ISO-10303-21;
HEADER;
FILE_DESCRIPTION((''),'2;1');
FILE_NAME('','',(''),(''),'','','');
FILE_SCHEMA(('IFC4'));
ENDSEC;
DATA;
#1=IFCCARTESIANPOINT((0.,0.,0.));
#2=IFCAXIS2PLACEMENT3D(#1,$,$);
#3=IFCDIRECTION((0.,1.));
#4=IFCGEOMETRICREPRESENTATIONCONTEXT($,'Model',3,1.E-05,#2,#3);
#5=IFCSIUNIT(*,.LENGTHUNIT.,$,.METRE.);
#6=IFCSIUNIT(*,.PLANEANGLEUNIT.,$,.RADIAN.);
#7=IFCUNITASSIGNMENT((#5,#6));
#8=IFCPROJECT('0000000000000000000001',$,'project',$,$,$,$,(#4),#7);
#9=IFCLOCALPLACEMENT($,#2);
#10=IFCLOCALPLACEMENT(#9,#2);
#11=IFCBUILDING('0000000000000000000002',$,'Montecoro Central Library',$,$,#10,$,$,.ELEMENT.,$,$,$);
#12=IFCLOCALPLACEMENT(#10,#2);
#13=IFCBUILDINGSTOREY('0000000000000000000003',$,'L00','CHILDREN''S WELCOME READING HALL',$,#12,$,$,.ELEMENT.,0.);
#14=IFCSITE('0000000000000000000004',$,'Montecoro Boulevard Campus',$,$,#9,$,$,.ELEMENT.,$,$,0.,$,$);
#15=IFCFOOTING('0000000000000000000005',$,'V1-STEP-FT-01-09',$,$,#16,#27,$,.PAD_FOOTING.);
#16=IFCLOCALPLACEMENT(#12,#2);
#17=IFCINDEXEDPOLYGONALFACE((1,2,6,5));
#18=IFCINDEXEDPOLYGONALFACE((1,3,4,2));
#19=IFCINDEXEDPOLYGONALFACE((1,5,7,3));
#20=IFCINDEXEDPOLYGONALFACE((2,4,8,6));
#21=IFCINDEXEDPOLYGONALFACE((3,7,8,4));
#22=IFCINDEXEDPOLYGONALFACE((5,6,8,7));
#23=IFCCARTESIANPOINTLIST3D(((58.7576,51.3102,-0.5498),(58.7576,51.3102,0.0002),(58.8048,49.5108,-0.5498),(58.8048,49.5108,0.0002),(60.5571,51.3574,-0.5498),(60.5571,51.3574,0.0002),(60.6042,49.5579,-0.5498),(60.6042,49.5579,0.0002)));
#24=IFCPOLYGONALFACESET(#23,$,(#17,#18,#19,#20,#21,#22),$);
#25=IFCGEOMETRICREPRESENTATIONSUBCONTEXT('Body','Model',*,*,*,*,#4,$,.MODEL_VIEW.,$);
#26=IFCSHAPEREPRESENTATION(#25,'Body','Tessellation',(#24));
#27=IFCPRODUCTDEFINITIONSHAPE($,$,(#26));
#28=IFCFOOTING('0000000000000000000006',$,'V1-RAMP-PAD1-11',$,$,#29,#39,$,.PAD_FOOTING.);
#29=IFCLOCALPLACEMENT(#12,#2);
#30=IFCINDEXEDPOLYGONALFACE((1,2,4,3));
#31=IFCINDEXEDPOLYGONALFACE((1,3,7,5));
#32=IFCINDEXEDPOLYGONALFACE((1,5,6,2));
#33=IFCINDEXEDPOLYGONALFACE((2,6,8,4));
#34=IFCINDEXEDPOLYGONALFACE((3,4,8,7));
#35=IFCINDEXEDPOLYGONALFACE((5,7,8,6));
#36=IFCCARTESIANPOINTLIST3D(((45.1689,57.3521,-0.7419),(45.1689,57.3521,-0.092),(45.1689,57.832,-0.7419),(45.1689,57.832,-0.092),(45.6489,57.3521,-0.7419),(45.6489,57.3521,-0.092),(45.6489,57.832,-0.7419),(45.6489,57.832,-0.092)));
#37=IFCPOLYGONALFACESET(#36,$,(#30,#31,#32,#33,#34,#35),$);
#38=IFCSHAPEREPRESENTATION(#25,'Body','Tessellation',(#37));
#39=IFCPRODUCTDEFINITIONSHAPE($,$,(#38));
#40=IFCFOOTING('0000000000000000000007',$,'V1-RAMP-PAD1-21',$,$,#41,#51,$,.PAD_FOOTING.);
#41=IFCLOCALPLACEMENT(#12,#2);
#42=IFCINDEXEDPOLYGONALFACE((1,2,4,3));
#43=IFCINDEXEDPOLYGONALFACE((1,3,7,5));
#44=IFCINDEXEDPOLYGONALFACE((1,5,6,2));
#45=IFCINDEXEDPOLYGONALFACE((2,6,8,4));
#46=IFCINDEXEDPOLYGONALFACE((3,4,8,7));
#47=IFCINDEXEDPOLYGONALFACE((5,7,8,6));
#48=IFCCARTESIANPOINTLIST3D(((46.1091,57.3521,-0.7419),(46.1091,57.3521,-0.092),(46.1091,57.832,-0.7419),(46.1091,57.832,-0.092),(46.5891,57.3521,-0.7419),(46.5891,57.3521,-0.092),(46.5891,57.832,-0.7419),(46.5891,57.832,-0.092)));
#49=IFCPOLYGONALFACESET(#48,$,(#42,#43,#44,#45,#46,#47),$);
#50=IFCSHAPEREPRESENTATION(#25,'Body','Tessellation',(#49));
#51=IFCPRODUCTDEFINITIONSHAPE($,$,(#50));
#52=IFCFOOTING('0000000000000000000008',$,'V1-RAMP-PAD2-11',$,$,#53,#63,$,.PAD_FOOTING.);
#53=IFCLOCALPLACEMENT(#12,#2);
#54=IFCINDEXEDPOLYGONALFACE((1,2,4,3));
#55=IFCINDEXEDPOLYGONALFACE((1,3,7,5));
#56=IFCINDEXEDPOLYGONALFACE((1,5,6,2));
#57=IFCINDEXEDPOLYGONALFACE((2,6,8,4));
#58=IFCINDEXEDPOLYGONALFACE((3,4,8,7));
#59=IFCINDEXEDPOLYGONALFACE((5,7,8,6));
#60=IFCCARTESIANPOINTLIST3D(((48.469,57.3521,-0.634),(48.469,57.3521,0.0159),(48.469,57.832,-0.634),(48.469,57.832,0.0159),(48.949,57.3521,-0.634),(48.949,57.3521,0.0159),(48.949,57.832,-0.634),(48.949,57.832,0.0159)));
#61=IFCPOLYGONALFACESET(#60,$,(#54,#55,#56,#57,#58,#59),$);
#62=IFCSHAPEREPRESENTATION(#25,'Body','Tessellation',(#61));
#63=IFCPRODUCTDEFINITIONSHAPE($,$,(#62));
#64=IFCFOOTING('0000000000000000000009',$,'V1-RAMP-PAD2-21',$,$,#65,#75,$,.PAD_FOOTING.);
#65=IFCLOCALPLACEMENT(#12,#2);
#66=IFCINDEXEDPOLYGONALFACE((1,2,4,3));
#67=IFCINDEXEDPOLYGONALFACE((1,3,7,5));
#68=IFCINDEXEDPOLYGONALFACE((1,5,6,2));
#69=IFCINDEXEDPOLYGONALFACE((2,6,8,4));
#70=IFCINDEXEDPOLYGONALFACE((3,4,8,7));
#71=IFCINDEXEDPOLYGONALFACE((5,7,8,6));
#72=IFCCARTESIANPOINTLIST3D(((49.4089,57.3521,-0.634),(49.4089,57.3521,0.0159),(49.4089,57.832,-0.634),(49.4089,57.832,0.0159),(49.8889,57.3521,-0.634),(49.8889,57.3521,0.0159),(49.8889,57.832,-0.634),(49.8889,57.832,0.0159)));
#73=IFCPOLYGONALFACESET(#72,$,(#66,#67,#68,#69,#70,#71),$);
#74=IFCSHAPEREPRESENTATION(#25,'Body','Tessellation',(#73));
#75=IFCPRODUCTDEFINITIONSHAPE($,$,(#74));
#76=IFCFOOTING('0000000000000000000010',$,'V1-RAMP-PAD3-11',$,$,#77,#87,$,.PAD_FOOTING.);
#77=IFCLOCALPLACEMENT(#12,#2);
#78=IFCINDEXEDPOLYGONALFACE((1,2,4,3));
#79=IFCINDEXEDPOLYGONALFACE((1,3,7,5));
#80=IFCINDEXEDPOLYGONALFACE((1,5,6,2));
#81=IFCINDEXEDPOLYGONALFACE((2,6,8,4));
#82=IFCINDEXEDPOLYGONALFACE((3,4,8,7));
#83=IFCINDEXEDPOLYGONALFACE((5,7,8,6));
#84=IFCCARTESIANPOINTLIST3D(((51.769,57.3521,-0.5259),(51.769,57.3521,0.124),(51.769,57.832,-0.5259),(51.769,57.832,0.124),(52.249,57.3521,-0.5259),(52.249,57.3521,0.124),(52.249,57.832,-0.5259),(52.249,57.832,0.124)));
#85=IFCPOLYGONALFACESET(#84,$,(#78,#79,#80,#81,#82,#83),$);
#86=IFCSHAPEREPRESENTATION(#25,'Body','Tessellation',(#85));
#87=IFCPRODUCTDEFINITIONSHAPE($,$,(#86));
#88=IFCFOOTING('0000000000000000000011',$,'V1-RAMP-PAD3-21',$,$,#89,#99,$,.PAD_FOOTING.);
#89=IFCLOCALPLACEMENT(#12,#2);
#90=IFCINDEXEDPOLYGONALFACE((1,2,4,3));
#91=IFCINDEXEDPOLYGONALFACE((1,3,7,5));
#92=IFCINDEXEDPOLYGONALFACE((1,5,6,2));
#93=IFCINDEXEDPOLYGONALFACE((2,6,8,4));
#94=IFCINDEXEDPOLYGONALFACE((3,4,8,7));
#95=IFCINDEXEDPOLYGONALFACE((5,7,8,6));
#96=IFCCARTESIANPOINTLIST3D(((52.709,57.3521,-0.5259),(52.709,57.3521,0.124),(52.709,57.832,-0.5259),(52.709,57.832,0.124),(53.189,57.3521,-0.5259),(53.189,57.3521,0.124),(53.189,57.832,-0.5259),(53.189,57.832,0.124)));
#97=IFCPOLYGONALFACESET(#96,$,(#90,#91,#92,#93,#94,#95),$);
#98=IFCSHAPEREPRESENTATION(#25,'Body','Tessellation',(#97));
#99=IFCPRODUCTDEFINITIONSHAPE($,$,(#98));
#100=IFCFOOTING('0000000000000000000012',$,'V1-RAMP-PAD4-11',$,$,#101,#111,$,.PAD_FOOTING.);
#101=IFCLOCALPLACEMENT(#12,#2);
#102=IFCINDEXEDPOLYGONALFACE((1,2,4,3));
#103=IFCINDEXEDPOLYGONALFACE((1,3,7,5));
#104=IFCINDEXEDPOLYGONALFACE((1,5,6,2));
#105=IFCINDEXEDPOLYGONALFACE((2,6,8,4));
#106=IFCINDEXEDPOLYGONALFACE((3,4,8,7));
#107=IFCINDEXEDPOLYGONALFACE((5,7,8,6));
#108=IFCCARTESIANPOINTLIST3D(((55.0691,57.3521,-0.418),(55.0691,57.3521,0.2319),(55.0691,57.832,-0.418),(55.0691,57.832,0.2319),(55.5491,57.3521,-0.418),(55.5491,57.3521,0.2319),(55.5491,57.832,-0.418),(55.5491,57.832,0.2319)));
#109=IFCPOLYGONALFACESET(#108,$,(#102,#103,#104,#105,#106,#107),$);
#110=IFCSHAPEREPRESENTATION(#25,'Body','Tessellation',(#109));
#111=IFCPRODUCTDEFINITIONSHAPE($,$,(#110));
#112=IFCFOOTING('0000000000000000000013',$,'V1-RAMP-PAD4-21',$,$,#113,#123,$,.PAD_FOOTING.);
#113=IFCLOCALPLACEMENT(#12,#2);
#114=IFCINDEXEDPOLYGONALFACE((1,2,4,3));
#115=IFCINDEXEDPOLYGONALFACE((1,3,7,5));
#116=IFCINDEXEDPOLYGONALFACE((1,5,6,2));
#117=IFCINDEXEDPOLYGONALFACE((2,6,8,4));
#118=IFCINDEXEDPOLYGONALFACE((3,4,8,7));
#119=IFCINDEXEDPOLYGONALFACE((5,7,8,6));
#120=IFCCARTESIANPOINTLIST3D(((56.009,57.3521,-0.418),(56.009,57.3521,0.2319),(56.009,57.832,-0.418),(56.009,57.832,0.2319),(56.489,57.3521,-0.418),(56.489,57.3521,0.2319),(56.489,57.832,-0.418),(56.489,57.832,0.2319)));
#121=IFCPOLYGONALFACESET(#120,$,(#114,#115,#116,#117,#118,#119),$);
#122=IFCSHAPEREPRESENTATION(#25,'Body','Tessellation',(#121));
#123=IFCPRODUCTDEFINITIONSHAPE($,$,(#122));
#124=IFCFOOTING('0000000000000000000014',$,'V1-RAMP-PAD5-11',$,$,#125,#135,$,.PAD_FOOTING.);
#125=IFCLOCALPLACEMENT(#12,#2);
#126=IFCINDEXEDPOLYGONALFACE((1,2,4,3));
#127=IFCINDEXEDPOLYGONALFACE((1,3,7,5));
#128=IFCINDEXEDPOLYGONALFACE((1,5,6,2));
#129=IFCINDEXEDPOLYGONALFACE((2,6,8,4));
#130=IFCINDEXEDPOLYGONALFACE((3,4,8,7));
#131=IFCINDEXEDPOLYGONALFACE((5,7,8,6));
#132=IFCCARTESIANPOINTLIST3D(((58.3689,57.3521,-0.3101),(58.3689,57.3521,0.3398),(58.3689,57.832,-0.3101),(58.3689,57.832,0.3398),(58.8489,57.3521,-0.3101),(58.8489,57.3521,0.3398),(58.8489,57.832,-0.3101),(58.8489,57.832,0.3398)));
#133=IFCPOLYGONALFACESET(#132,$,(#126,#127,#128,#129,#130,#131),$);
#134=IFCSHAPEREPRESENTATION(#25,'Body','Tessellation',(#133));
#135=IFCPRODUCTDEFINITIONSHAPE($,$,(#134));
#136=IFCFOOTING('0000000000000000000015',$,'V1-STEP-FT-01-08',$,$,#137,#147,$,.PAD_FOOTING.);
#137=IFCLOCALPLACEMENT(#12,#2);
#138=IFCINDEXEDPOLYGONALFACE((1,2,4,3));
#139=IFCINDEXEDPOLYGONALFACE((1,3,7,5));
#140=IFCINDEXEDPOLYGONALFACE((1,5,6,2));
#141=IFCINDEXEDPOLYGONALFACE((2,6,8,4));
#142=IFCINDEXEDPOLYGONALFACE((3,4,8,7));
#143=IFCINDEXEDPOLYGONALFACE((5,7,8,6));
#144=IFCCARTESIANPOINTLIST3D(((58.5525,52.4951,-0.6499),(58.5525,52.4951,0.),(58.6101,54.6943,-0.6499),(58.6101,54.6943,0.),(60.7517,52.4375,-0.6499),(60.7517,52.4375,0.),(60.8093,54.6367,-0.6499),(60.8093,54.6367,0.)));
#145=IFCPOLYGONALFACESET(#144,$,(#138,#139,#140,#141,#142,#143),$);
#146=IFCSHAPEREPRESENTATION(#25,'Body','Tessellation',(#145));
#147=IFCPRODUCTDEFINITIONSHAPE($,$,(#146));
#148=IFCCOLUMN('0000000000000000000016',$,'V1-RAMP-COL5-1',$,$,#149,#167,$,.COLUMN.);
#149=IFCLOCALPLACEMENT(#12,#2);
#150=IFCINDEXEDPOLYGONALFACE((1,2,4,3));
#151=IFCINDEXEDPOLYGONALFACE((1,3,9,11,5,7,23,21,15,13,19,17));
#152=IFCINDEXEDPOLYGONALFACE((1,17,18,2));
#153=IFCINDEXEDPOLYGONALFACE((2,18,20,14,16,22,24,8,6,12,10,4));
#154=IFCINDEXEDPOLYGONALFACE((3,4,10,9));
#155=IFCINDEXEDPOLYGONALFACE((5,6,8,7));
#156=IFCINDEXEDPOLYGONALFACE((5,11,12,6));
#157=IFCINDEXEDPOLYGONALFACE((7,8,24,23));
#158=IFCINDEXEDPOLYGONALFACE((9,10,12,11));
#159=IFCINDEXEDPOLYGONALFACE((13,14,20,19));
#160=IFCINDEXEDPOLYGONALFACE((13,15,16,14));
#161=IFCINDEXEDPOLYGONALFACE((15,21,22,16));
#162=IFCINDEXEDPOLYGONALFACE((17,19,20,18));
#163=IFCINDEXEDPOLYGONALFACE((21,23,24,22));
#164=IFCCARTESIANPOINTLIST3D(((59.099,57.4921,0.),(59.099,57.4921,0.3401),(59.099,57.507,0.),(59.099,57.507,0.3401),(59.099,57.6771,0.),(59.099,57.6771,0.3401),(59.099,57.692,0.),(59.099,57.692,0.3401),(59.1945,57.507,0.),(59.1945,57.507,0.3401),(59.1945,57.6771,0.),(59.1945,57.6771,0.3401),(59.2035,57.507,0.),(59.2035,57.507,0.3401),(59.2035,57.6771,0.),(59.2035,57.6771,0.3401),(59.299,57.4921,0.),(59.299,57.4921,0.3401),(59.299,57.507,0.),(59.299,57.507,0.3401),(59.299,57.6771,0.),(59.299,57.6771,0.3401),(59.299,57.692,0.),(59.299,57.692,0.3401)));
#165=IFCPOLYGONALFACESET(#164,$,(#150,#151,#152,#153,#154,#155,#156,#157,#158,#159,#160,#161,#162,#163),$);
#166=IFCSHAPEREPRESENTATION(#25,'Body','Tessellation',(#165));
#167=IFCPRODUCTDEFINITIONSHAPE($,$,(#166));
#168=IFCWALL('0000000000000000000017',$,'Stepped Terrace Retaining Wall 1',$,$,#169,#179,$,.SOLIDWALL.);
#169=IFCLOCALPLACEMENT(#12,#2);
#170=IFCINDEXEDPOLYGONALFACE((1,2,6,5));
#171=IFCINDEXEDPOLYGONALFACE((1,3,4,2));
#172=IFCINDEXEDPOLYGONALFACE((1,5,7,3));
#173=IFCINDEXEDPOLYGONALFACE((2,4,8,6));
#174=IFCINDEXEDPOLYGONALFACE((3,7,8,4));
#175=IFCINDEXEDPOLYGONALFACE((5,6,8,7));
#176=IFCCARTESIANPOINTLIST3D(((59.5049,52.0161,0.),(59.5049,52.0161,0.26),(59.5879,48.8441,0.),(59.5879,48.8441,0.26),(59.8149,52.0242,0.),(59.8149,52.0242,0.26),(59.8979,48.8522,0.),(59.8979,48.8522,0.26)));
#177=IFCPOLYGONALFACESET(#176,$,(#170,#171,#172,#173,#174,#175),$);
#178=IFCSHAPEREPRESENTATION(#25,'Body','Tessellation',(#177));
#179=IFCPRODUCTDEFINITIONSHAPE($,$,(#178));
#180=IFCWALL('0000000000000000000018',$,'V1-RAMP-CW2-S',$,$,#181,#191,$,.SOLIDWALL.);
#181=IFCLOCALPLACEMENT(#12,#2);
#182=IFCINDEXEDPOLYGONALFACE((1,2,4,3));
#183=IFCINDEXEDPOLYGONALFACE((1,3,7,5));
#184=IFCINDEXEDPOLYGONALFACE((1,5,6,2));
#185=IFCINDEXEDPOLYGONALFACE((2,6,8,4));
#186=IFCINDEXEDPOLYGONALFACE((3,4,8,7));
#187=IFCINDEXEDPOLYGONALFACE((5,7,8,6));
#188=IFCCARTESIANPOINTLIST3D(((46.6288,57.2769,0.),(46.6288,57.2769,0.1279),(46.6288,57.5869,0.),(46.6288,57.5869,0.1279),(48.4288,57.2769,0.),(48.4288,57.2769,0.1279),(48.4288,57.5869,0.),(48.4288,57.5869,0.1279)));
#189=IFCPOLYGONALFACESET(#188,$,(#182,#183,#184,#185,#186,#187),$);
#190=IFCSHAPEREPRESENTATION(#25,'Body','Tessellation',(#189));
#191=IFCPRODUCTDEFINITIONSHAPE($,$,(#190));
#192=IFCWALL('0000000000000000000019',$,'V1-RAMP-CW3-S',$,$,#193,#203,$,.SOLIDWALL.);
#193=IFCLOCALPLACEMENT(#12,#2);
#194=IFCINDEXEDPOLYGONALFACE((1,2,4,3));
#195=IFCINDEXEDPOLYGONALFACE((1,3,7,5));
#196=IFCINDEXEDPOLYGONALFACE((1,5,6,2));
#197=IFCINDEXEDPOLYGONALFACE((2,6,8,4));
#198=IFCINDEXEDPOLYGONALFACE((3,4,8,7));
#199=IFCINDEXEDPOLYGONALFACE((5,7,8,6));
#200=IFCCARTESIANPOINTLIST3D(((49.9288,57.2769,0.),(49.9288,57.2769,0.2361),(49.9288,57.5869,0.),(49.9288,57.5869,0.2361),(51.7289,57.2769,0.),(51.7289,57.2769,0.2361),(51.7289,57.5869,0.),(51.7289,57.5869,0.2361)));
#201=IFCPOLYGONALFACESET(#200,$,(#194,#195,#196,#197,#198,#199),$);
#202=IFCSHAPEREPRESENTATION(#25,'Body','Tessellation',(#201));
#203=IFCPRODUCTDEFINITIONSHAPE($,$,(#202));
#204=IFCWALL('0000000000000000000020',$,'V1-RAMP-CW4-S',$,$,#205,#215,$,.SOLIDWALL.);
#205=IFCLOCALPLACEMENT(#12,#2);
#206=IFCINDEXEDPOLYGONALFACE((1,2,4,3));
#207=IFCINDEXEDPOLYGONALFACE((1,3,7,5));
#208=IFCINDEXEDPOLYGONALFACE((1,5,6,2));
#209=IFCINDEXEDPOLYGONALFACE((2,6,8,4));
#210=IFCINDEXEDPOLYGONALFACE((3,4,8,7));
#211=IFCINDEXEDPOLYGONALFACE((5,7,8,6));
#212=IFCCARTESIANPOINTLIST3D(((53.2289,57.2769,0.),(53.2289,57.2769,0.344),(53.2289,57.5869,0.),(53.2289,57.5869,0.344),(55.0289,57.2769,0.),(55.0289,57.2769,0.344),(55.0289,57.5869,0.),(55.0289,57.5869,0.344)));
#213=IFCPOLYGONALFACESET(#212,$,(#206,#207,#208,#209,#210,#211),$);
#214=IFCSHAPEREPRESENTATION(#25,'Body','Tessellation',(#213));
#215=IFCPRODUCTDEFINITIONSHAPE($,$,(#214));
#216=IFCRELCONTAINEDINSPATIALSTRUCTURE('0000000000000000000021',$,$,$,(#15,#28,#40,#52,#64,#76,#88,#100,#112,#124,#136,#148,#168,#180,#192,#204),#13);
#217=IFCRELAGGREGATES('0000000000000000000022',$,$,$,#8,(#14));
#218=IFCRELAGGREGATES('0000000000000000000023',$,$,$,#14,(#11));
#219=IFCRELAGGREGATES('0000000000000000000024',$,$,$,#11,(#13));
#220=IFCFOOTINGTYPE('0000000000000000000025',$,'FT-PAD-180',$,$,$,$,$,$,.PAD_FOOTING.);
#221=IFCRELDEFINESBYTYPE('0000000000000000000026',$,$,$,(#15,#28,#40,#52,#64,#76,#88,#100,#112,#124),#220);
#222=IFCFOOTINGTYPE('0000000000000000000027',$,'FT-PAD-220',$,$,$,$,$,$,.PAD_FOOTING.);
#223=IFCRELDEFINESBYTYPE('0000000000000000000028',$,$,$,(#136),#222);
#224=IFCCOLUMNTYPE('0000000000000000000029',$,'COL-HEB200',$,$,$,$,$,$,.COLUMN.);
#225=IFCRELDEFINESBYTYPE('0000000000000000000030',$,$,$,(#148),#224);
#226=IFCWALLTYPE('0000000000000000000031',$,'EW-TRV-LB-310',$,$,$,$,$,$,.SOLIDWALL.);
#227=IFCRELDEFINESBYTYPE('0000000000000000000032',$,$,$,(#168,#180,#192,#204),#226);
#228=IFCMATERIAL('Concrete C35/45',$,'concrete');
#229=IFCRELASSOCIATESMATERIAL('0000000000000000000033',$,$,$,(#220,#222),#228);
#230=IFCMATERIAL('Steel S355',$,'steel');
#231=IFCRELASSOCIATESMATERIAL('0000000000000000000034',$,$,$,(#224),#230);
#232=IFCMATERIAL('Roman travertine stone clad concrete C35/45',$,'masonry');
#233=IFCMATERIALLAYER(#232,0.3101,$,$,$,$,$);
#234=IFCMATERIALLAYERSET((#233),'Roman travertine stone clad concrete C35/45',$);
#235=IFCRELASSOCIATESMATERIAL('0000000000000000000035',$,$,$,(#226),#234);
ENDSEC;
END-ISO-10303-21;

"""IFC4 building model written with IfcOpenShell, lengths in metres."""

from ifc_helpers import new_model, si_unit, direction, frame, frame_2d, origin, origin_2d, place, context, subcontext, project, spatial, rectangle, i_section, extrude, material, layer, layer_set, material_profile, profile_set, type_object, element, save


model = new_model("IFC4")

# Units and contexts
model_context = context("Model", 3, precision=1e-05, world=origin(), true_north=direction((0.0, 1.0)))
body_context = subcontext(model_context, "Body", "Model", "MODEL_VIEW")
ifc_project = project(units=[si_unit("LENGTHUNIT", "METRE"), si_unit("PLANEANGLEUNIT", "RADIAN")], contexts=[model_context])

# Site, building, storey
site_placement = place(None, origin())
site = spatial("IfcSite", under=ifc_project, at=site_placement, Name="Montecoro Boulevard Campus", CompositionType="ELEMENT", RefElevation=0.0)
building_placement = place(site_placement, origin())
building = spatial("IfcBuilding", under=site, at=building_placement, Name="Montecoro Central Library", CompositionType="ELEMENT")
storey_placement = place(building_placement, origin())
storey = spatial("IfcBuildingStorey", under=building, at=storey_placement, Name="L00", Description="CHILDREN'S WELCOME READING HALL", CompositionType="ELEMENT", Elevation=0.0)

# Footings
ifc_material_1 = material(Name="Concrete C35/45", Category="concrete")
footing_type_1 = type_object("IfcFootingType", Name="FT-PAD-180", PredefinedType="PAD_FOOTING", material=ifc_material_1)
footing_1_placement = place(storey_placement, frame((59.6809, 50.4341, -0.5498), z_axis=(0.0, 0.0, 1.0), x_axis=(0.026177, -0.999657, 0.0)))
element("IfcFooting", 1, at=footing_1_placement, inside=storey, type_object=footing_type_1, Name="V1-STEP-FT-01-09", PredefinedType="PAD_FOOTING", context=body_context, shape_type="SweptSolid", body=[
    extrude(rectangle(XDim=1.8, YDim=1.8, at=origin_2d()), origin(), (0.0, 0.0, 1.0), 0.55),
])
for number, where, z_axis, x_axis, name in (
    (2, (45.4089, 57.592, -0.7419), (0.0, 0.0, 1.0), (1.0, 0.0, 0.0), "V1-RAMP-PAD1-11"),
    (3, (46.3491, 57.592, -0.7419), (0.0, 0.0, 1.0), (1.0, 0.0, 0.0), "V1-RAMP-PAD1-21"),
    (4, (48.709, 57.592, -0.634), (0.0, 0.0, 1.0), (1.0, 0.0, 0.0), "V1-RAMP-PAD2-11"),
    (5, (49.6489, 57.592, -0.634), (0.0, 0.0, 1.0), (1.0, 0.0, 0.0), "V1-RAMP-PAD2-21"),
    (6, (52.009, 57.592, -0.5259), (0.0, 0.0, 1.0), (1.0, 0.0, 0.0), "V1-RAMP-PAD3-11"),
    (7, (52.949, 57.592, -0.5259), (0.0, 0.0, 1.0), (1.0, 0.0, 0.0), "V1-RAMP-PAD3-21"),
    (8, (55.3091, 57.592, -0.418), (0.0, 0.0, 1.0), (1.0, 0.0, 0.0), "V1-RAMP-PAD4-11"),
    (9, (56.249, 57.592, -0.418), (0.0, 0.0, 1.0), (1.0, 0.0, 0.0), "V1-RAMP-PAD4-21"),
    (10, (58.6089, 57.592, -0.3101), (0.0, 0.0, 1.0), (1.0, 0.0, 0.0), "V1-RAMP-PAD5-11"),
):
    element("IfcFooting", number, at=place(storey_placement, frame(where, z_axis=z_axis, x_axis=x_axis)), inside=storey, type_object=footing_type_1, Name=name, PredefinedType="PAD_FOOTING", context=body_context, shape_type="SweptSolid", body=[
        extrude(rectangle(XDim=0.48, YDim=0.48, at=origin_2d()), origin(), (0.0, 0.0, 1.0), 0.6499),
    ])
footing_type_2 = type_object("IfcFootingType", Name="FT-PAD-220", PredefinedType="PAD_FOOTING", material=ifc_material_1)
footing_2_placement = place(storey_placement, frame((59.6809, 53.5659, -0.6499), z_axis=(0.0, 0.0, 1.0), x_axis=(-0.026177, -0.999657, 0.0)))
element("IfcFooting", 11, at=footing_2_placement, inside=storey, type_object=footing_type_2, Name="V1-STEP-FT-01-08", PredefinedType="PAD_FOOTING", context=body_context, shape_type="SweptSolid", body=[
    extrude(rectangle(XDim=2.2, YDim=2.2, at=origin_2d()), origin(), (0.0, 0.0, 1.0), 0.6499),
])

# Column
ifc_material_2 = material(Name="Steel S355", Category="steel")
ifc_material_profile = material_profile(ifc_material_2, i_section(OverallWidth=0.2, OverallDepth=0.2, WebThickness=0.009, FlangeThickness=0.0149, at=origin_2d()), Name="HEB 200")
ifc_profile_set = profile_set([ifc_material_profile], Name="Steel S355")
column_type = type_object("IfcColumnType", Name="COL-HEB200", PredefinedType="COLUMN", material=ifc_profile_set)
column_placement = place(storey_placement, frame((59.199, 57.592, 0.0), z_axis=(0.0, 0.0, 1.0), x_axis=(1.0, 0.0, 0.0)))
element("IfcColumn", 12, at=column_placement, inside=storey, type_object=column_type, Name="V1-RAMP-COL5-1", PredefinedType="COLUMN", context=body_context, shape_type="SweptSolid", body=[
    extrude(i_section(OverallWidth=0.2, OverallDepth=0.2, WebThickness=0.009, FlangeThickness=0.0149, at=origin_2d()), origin(), (0.0, 0.0, 1.0), 0.3401),
])

# Walls
ifc_material_3 = material(Name="Roman travertine stone clad concrete C35/45", Category="masonry")
ifc_layer = layer(ifc_material_3, 0.3101)
ifc_layer_set = layer_set([ifc_layer], Name="Roman travertine stone clad concrete C35/45")
wall_type = type_object("IfcWallType", Name="EW-TRV-LB-310", PredefinedType="SOLIDWALL", material=ifc_layer_set)
wall_1_placement = place(storey_placement, frame((59.6599, 52.02, 0.0), z_axis=(0.0, 0.0, 1.0), x_axis=(0.026159, -0.999658, 0.0)))
element("IfcWall", 13, at=wall_1_placement, inside=storey, type_object=wall_type, Name="Stepped Terrace Retaining Wall 1", PredefinedType="SOLIDWALL", context=body_context, shape_type="SweptSolid", body=[
    extrude(rectangle(XDim=3.1731, YDim=0.3101, at=frame_2d((1.5864, 0.0))), origin(), (0.0, 0.0, 1.0), 0.26),
])
wall_2_placement = place(storey_placement, frame((46.6289, 57.4319, 0.0), z_axis=(0.0, 0.0, 1.0), x_axis=(1.0, 0.0, 0.0)))
element("IfcWall", 14, at=wall_2_placement, inside=storey, type_object=wall_type, Name="V1-RAMP-CW2-S", PredefinedType="SOLIDWALL", context=body_context, shape_type="SweptSolid", body=[
    extrude(rectangle(XDim=1.8, YDim=0.3101, at=frame_2d((0.8999, 0.0))), origin(), (0.0, 0.0, 1.0), 0.1279),
])
wall_3_placement = place(storey_placement, frame((49.929, 57.4319, 0.0), z_axis=(0.0, 0.0, 1.0), x_axis=(1.0, 0.0, 0.0)))
element("IfcWall", 15, at=wall_3_placement, inside=storey, type_object=wall_type, Name="V1-RAMP-CW3-S", PredefinedType="SOLIDWALL", context=body_context, shape_type="SweptSolid", body=[
    extrude(rectangle(XDim=1.8, YDim=0.3101, at=frame_2d((0.8999, 0.0))), origin(), (0.0, 0.0, 1.0), 0.2361),
])
wall_4_placement = place(storey_placement, frame((53.229, 57.4319, 0.0), z_axis=(0.0, 0.0, 1.0), x_axis=(1.0, 0.0, 0.0)))
element("IfcWall", 16, at=wall_4_placement, inside=storey, type_object=wall_type, Name="V1-RAMP-CW4-S", PredefinedType="SOLIDWALL", context=body_context, shape_type="SweptSolid", body=[
    extrude(rectangle(XDim=1.8, YDim=0.3101, at=frame_2d((0.8999, 0.0))), origin(), (0.0, 0.0, 1.0), 0.344),
])

save(model, "model.ifc")
